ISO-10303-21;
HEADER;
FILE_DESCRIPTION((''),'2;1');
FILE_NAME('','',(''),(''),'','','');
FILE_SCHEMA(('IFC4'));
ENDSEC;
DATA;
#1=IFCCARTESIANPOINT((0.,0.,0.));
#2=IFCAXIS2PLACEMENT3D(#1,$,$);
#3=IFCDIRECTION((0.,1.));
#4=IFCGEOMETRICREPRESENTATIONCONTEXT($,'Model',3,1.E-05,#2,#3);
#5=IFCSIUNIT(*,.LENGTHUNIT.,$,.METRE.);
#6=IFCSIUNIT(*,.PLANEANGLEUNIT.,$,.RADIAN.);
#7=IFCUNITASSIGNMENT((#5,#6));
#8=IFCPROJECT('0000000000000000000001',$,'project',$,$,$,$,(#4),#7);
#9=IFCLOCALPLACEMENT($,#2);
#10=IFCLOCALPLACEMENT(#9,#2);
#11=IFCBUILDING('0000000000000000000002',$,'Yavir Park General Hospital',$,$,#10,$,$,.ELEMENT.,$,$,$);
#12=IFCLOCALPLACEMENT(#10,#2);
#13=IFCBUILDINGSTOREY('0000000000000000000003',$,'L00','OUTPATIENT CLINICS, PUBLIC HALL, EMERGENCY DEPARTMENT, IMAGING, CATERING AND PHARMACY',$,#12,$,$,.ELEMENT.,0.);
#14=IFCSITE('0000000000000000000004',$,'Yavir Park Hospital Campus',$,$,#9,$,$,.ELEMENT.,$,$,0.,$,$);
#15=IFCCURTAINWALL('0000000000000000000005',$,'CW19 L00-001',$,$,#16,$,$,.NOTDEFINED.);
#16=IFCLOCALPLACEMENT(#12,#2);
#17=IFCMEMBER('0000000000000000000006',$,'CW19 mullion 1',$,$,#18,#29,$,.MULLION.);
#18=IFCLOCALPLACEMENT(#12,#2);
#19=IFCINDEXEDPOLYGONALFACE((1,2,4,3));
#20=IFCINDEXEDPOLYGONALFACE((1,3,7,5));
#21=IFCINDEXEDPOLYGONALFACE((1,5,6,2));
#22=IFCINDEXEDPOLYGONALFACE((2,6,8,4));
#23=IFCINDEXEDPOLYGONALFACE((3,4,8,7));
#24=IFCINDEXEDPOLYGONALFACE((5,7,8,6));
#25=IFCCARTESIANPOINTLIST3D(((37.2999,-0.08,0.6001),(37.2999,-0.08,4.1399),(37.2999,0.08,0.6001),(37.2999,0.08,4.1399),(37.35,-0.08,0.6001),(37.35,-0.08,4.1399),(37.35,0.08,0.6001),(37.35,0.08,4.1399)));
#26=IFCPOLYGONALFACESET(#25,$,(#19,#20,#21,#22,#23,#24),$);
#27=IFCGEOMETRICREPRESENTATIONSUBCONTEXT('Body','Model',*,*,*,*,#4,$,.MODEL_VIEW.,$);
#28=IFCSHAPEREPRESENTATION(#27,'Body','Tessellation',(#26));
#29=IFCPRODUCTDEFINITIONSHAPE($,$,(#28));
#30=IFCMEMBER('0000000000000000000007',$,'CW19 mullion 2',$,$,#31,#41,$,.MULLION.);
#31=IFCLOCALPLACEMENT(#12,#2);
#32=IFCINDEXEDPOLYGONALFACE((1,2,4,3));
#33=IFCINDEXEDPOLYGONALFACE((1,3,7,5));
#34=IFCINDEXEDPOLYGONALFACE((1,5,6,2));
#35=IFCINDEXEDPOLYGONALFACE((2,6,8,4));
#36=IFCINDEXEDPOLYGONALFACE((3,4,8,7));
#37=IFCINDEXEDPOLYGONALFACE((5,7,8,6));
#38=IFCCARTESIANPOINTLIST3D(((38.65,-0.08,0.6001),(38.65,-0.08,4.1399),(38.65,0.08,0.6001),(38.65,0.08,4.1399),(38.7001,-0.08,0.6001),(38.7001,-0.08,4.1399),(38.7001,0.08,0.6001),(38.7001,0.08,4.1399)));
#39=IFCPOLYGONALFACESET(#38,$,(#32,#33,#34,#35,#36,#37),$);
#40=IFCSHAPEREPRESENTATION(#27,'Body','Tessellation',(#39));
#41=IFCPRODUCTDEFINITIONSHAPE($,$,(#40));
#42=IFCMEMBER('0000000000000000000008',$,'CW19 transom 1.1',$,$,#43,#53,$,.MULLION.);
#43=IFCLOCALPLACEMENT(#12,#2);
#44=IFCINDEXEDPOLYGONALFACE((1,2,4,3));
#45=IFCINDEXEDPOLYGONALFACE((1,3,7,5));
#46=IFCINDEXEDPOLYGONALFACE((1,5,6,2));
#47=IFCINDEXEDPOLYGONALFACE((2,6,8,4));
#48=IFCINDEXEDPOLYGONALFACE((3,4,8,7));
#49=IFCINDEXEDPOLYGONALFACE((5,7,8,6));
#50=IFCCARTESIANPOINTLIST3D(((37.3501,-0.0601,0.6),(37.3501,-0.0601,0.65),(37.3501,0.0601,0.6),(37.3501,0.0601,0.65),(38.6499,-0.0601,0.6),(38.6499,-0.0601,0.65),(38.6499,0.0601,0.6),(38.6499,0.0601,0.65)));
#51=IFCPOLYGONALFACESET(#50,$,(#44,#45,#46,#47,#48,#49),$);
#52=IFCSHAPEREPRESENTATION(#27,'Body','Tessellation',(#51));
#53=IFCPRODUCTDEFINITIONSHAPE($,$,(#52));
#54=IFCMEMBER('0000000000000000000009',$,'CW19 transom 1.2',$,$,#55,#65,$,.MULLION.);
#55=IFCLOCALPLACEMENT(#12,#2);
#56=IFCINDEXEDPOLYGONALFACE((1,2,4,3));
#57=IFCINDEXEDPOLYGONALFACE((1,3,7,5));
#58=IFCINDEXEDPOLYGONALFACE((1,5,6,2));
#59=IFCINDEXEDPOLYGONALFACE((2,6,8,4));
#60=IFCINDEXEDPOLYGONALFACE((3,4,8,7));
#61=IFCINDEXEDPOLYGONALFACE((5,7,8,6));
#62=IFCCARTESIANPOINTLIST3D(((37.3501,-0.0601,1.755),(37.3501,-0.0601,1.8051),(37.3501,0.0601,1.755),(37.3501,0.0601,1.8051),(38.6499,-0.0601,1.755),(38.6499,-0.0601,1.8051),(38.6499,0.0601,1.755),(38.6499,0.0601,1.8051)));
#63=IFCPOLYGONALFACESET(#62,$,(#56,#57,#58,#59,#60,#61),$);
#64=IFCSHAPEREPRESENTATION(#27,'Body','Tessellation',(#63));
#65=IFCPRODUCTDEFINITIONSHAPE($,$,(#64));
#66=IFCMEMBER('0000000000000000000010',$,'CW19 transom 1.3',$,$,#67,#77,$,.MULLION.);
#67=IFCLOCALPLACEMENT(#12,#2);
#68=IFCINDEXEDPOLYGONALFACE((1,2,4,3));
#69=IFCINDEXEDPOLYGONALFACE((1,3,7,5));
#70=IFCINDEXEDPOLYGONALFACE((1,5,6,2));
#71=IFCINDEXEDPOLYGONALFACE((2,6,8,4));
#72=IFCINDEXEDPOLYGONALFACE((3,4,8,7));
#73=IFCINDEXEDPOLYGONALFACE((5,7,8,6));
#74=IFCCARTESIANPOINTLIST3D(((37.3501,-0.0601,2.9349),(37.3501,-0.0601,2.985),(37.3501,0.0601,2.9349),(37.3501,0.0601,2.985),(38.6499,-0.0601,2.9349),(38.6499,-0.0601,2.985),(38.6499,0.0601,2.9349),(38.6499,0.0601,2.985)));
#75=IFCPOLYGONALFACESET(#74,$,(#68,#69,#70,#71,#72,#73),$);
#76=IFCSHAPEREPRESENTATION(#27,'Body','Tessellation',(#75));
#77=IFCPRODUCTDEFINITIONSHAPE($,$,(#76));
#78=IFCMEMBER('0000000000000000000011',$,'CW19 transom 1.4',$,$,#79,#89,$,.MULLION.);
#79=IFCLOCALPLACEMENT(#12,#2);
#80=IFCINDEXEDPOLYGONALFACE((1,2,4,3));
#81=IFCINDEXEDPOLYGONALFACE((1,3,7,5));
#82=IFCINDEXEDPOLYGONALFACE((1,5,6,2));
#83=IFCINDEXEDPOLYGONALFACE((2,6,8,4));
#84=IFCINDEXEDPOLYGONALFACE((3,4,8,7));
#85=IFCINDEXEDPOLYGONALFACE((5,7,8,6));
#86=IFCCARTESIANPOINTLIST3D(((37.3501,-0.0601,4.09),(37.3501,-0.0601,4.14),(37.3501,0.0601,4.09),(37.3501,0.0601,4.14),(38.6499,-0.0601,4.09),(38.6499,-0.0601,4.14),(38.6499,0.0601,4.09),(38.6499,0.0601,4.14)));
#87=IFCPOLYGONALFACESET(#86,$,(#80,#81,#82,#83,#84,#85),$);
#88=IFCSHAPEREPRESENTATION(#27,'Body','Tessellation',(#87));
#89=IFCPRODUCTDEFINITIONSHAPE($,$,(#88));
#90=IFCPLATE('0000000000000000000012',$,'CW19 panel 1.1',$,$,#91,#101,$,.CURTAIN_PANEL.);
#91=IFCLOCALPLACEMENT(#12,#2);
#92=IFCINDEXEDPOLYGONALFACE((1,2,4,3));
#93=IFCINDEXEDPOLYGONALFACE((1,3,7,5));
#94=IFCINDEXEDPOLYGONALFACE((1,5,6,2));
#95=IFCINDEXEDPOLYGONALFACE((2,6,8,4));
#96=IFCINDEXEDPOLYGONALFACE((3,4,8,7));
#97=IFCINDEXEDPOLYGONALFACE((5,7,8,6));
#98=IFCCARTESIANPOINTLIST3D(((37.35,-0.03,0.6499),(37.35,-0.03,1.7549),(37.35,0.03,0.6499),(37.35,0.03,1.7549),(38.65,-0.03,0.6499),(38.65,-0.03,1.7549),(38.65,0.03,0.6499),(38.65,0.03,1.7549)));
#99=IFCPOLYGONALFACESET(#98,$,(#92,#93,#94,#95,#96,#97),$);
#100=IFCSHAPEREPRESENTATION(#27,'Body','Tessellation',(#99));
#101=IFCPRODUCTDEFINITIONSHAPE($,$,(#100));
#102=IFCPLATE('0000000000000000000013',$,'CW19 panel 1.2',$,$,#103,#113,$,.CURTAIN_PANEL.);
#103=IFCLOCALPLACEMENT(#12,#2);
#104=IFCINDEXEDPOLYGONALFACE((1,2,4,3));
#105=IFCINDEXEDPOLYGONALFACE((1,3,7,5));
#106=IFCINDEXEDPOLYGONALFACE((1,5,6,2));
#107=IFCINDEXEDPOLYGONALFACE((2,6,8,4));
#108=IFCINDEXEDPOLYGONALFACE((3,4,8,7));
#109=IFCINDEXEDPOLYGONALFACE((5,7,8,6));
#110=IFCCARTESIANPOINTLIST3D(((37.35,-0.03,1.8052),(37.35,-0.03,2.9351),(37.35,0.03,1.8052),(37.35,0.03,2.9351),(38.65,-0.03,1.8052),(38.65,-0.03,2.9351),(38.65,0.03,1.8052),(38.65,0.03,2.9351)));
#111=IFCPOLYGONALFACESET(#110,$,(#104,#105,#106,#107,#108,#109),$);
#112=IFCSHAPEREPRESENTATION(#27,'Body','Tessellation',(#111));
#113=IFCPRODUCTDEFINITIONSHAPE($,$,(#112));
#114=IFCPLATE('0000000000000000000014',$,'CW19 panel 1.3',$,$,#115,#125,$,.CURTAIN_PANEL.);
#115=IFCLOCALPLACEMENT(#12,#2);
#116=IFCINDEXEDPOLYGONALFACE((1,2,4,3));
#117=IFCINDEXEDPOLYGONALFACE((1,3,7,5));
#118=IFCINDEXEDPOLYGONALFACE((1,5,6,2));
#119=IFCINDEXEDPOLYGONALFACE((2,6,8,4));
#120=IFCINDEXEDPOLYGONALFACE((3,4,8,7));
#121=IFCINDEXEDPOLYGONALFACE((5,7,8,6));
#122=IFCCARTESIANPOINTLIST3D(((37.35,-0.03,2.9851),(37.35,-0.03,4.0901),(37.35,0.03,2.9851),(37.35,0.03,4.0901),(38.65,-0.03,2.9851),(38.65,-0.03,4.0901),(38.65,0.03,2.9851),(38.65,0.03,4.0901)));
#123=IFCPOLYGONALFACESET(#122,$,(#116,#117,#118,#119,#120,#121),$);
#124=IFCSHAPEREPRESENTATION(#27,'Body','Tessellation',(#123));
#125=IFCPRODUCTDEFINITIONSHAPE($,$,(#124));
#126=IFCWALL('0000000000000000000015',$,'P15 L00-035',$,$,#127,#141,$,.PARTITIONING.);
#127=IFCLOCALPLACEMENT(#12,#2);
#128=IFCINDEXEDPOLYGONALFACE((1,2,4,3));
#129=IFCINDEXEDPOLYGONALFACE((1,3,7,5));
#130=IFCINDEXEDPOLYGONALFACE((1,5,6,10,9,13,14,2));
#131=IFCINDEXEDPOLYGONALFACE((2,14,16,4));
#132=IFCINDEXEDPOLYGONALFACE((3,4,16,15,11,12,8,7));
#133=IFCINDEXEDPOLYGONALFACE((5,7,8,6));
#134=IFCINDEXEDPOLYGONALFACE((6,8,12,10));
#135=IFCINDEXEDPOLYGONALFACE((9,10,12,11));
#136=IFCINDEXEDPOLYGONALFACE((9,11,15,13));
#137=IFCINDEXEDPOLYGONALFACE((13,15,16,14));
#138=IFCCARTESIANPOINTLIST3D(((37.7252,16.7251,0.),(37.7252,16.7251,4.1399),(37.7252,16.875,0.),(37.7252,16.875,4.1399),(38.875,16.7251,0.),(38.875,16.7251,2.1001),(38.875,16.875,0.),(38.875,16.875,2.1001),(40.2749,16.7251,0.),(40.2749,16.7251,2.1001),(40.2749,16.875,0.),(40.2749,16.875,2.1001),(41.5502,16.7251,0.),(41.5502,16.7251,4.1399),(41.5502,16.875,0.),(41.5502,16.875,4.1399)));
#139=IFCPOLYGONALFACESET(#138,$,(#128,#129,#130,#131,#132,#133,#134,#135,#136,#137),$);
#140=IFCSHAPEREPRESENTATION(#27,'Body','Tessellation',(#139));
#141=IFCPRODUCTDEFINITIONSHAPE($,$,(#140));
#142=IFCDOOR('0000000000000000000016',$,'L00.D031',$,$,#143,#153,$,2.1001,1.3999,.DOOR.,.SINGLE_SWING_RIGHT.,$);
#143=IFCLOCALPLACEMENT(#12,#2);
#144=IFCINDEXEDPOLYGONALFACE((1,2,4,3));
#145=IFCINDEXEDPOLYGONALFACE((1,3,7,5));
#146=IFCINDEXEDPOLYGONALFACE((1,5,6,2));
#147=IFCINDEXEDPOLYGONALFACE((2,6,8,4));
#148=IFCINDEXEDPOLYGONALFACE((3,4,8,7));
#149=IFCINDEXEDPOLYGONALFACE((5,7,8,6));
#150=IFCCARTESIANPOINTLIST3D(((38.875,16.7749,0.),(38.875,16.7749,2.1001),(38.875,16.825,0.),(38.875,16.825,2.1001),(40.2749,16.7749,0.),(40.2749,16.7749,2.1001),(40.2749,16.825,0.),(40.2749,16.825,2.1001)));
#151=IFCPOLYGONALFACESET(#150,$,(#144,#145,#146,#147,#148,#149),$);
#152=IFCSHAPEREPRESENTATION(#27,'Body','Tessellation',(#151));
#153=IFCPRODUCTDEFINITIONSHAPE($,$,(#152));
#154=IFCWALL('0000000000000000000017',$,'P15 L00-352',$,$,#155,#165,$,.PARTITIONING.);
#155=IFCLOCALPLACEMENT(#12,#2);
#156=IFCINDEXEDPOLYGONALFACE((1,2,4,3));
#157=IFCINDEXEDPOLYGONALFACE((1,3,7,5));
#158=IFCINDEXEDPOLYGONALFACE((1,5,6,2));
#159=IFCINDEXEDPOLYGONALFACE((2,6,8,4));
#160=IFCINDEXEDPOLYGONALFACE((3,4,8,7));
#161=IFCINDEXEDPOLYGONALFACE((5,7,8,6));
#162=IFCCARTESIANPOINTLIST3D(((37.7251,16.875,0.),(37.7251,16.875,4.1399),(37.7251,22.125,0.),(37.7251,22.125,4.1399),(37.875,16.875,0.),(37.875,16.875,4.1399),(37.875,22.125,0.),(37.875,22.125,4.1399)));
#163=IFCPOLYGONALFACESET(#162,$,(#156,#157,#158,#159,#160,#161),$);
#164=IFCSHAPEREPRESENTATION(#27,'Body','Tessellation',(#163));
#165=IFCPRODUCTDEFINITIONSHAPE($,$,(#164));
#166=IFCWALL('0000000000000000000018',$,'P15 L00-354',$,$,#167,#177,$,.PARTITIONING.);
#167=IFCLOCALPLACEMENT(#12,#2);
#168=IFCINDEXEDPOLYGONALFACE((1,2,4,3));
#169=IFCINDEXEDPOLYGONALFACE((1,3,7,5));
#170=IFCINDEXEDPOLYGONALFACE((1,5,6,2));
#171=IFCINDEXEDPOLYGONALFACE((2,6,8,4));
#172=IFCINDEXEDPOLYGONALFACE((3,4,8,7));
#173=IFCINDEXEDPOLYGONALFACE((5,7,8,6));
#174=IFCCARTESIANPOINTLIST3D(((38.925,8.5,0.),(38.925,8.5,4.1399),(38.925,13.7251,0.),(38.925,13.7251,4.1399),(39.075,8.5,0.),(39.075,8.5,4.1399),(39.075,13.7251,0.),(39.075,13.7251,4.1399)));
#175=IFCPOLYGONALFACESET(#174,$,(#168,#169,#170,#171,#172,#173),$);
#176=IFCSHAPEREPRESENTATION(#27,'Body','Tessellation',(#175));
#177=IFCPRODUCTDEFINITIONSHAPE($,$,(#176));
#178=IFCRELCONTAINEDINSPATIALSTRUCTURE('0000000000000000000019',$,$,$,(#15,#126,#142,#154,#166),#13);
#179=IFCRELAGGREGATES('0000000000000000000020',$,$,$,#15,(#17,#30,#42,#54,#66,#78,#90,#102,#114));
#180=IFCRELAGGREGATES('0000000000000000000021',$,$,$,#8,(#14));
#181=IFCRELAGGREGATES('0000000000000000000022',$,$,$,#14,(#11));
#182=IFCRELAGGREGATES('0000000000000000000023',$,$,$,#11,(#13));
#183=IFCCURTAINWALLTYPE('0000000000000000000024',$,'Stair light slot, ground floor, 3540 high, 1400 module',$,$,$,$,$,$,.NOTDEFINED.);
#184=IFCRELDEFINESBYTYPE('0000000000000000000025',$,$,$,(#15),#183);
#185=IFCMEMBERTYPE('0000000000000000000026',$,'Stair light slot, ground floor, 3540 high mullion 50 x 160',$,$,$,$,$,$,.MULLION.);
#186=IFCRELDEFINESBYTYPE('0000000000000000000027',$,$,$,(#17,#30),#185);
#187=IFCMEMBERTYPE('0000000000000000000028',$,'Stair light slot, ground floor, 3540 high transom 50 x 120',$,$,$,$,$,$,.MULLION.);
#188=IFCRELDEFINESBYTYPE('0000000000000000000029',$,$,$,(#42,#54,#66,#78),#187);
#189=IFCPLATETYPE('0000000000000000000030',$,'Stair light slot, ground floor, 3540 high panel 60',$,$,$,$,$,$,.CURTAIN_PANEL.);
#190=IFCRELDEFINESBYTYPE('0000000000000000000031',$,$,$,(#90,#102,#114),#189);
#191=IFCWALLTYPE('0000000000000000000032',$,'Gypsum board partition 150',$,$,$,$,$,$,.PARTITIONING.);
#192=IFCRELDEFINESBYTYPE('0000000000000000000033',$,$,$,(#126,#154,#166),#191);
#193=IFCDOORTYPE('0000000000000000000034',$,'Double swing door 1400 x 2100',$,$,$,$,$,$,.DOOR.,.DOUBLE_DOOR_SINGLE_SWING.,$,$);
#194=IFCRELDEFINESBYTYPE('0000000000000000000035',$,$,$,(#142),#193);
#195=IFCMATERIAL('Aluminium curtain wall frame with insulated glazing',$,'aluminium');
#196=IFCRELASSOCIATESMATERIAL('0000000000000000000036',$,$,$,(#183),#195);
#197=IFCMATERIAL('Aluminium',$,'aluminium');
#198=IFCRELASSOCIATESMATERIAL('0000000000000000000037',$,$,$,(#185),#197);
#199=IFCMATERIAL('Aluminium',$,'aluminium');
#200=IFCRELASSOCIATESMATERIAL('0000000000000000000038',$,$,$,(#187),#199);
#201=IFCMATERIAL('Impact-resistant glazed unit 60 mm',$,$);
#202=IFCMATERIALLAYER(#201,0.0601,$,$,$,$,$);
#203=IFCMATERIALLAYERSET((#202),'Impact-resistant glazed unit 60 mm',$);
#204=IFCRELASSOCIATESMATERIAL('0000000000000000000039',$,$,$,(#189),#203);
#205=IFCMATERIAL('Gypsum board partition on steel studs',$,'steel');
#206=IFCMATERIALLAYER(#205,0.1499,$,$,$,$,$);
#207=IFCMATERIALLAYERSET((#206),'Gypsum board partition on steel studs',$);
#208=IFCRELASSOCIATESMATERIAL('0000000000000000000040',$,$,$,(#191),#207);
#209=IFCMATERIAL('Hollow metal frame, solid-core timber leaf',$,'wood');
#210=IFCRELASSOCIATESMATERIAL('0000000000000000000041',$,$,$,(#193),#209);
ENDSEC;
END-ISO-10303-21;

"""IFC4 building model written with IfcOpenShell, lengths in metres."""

from ifc_helpers import new_model, si_unit, direction, frame, frame_2d, origin, origin_2d, place, context, subcontext, project, spatial, rectangle, extrude, material, layer, layer_set, material_profile, profile_set, type_object, element, fill, aggregate, save


model = new_model("IFC4")

# Units and contexts
model_context = context("Model", 3, precision=1e-05, world=origin(), true_north=direction((0.0, 1.0)))
body_context = subcontext(model_context, "Body", "Model", "MODEL_VIEW")
ifc_project = project(units=[si_unit("LENGTHUNIT", "METRE"), si_unit("PLANEANGLEUNIT", "RADIAN")], contexts=[model_context])

# Site, building, storey
site_placement = place(None, origin())
site = spatial("IfcSite", under=ifc_project, at=site_placement, Name="Yavir Park Hospital Campus", CompositionType="ELEMENT", RefElevation=0.0)
building_placement = place(site_placement, origin())
building = spatial("IfcBuilding", under=site, at=building_placement, Name="Yavir Park General Hospital", CompositionType="ELEMENT")
storey_placement = place(building_placement, origin())
storey = spatial("IfcBuildingStorey", under=building, at=storey_placement, Name="L00", Description="OUTPATIENT CLINICS, PUBLIC HALL, EMERGENCY DEPARTMENT, IMAGING, CATERING AND PHARMACY", CompositionType="ELEMENT", Elevation=0.0)

# Curtain wall, members, plates
ifc_material_1 = material(Name="Aluminium curtain wall frame with insulated glazing", Category="aluminium")
curtain_wall_type = type_object("IfcCurtainWallType", Name="Stair light slot, ground floor, 3540 high, 1400 module", PredefinedType="NOTDEFINED", material=ifc_material_1)
curtain_wall_placement = place(storey_placement, origin())
curtain_wall = element("IfcCurtainWall", 1, at=curtain_wall_placement, inside=storey, type_object=curtain_wall_type, Name="CW19 L00-001", PredefinedType="NOTDEFINED")
ifc_material_2 = material(Name="Aluminium", Category="aluminium")
ifc_material_profile_1 = material_profile(ifc_material_2, rectangle(XDim=0.1599, YDim=0.05, at=origin_2d()), Name="AL 50x160")
ifc_profile_set_1 = profile_set([ifc_material_profile_1], Name="Aluminium")
member_type_1 = type_object("IfcMemberType", Name="Stair light slot, ground floor, 3540 high mullion 50 x 160", PredefinedType="MULLION", material=ifc_profile_set_1)
member_1_placement = place(storey_placement, frame((37.325, 0.0, 0.6001), z_axis=(0.0, 0.0, 1.0), x_axis=(0.0, 1.0, 0.0)))
member_1 = element("IfcMember", 2, at=member_1_placement, type_object=member_type_1, Name="CW19 mullion 1", PredefinedType="MULLION", context=body_context, shape_type="SweptSolid", body=[
    extrude(rectangle(XDim=0.1599, YDim=0.05, at=origin_2d()), origin(), (0.0, 0.0, 1.0), 3.5398),
])
member_2_placement = place(storey_placement, frame((38.675, 0.0, 0.6001), z_axis=(0.0, 0.0, 1.0), x_axis=(0.0, 1.0, 0.0)))
member_2 = element("IfcMember", 3, at=member_2_placement, type_object=member_type_1, Name="CW19 mullion 2", PredefinedType="MULLION", context=body_context, shape_type="SweptSolid", body=[
    extrude(rectangle(XDim=0.1599, YDim=0.05, at=origin_2d()), origin(), (0.0, 0.0, 1.0), 3.5398),
])
ifc_material_3 = material(Name="Aluminium", Category="aluminium")
ifc_material_profile_2 = material_profile(ifc_material_3, rectangle(XDim=0.1201, YDim=0.05, at=origin_2d()), Name="AL 120x50")
ifc_profile_set_2 = profile_set([ifc_material_profile_2], Name="Aluminium")
member_type_2 = type_object("IfcMemberType", Name="Stair light slot, ground floor, 3540 high transom 50 x 120", PredefinedType="MULLION", material=ifc_profile_set_2)
member_3_placement = place(storey_placement, frame((37.3501, 0.0, 0.625), z_axis=(1.0, 0.0, 0.0), x_axis=(0.0, 1.0, 0.0)))
member_3 = element("IfcMember", 4, at=member_3_placement, type_object=member_type_2, Name="CW19 transom 1.1", PredefinedType="MULLION", context=body_context, shape_type="SweptSolid", body=[
    extrude(rectangle(XDim=0.1201, YDim=0.05, at=origin_2d()), origin(), (0.0, 0.0, 1.0), 1.2998),
])
member_4_placement = place(storey_placement, frame((37.3501, 0.0, 1.78), z_axis=(1.0, 0.0, 0.0), x_axis=(0.0, 1.0, 0.0)))
member_4 = element("IfcMember", 5, at=member_4_placement, type_object=member_type_2, Name="CW19 transom 1.2", PredefinedType="MULLION", context=body_context, shape_type="SweptSolid", body=[
    extrude(rectangle(XDim=0.1201, YDim=0.05, at=origin_2d()), origin(), (0.0, 0.0, 1.0), 1.2998),
])
member_5_placement = place(storey_placement, frame((37.3501, 0.0, 2.96), z_axis=(1.0, 0.0, 0.0), x_axis=(0.0, 1.0, 0.0)))
member_5 = element("IfcMember", 6, at=member_5_placement, type_object=member_type_2, Name="CW19 transom 1.3", PredefinedType="MULLION", context=body_context, shape_type="SweptSolid", body=[
    extrude(rectangle(XDim=0.1201, YDim=0.05, at=origin_2d()), origin(), (0.0, 0.0, 1.0), 1.2998),
])
member_6_placement = place(storey_placement, frame((37.3501, 0.0, 4.115), z_axis=(1.0, 0.0, 0.0), x_axis=(0.0, 1.0, 0.0)))
member_6 = element("IfcMember", 7, at=member_6_placement, type_object=member_type_2, Name="CW19 transom 1.4", PredefinedType="MULLION", context=body_context, shape_type="SweptSolid", body=[
    extrude(rectangle(XDim=0.1201, YDim=0.05, at=origin_2d()), origin(), (0.0, 0.0, 1.0), 1.2998),
])
ifc_material_4 = material(Name="Impact-resistant glazed unit 60 mm")
ifc_layer_1 = layer(ifc_material_4, 0.0601)
ifc_layer_set_1 = layer_set([ifc_layer_1], Name="Impact-resistant glazed unit 60 mm")
plate_type = type_object("IfcPlateType", Name="Stair light slot, ground floor, 3540 high panel 60", PredefinedType="CURTAIN_PANEL", material=ifc_layer_set_1)
plate_1_placement = place(storey_placement, frame((38.0, 0.0, 0.6499), z_axis=(0.0, 0.0, 1.0), x_axis=(1.0, 0.0, 0.0)))
plate_1 = element("IfcPlate", 8, at=plate_1_placement, type_object=plate_type, Name="CW19 panel 1.1", PredefinedType="CURTAIN_PANEL", context=body_context, shape_type="SweptSolid", body=[
    extrude(rectangle(XDim=1.3, YDim=0.0601, at=origin_2d()), origin(), (0.0, 0.0, 1.0), 1.105),
])
plate_2_placement = place(storey_placement, frame((38.0, 0.0, 1.8052), z_axis=(0.0, 0.0, 1.0), x_axis=(1.0, 0.0, 0.0)))
plate_2 = element("IfcPlate", 9, at=plate_2_placement, type_object=plate_type, Name="CW19 panel 1.2", PredefinedType="CURTAIN_PANEL", context=body_context, shape_type="SweptSolid", body=[
    extrude(rectangle(XDim=1.3, YDim=0.0601, at=origin_2d()), origin(), (0.0, 0.0, 1.0), 1.1299),
])
plate_3_placement = place(storey_placement, frame((38.0, 0.0, 2.9851), z_axis=(0.0, 0.0, 1.0), x_axis=(1.0, 0.0, 0.0)))
plate_3 = element("IfcPlate", 10, at=plate_3_placement, type_object=plate_type, Name="CW19 panel 1.3", PredefinedType="CURTAIN_PANEL", context=body_context, shape_type="SweptSolid", body=[
    extrude(rectangle(XDim=1.3, YDim=0.0601, at=origin_2d()), origin(), (0.0, 0.0, 1.0), 1.105),
])
aggregate(curtain_wall, [member_1, member_2, member_3, member_4, member_5, member_6, plate_1, plate_2, plate_3])

# Wall, opening, door
ifc_material_5 = material(Name="Gypsum board partition on steel studs", Category="steel")
ifc_layer_2 = layer(ifc_material_5, 0.1499)
ifc_layer_set_2 = layer_set([ifc_layer_2], Name="Gypsum board partition on steel studs")
wall_type_1 = type_object("IfcWallType", Name="Gypsum board partition 150", PredefinedType="PARTITIONING", material=ifc_layer_set_2)
wall_1_placement = place(storey_placement, frame((37.7251, 16.8, 0.0), z_axis=(0.0, 0.0, 1.0), x_axis=(1.0, 0.0, 0.0)))
wall_1 = element("IfcWall", 11, at=wall_1_placement, inside=storey, type_object=wall_type_1, Name="P15 L00-035", PredefinedType="PARTITIONING", context=body_context, shape_type="SweptSolid", body=[
    extrude(rectangle(XDim=3.825, YDim=0.1499, at=frame_2d((1.9126, 0.0))), origin(), (0.0, 0.0, 1.0), 4.1399),
])
opening_placement = place(wall_1_placement, frame((1.1499, 0.0, 0.0)))
opening = element("IfcOpeningElement", 12, at=opening_placement, cuts=wall_1, PredefinedType="OPENING", context=body_context, shape_type="SweptSolid", body=[
    extrude(rectangle(XDim=1.3999, YDim=2.1001, at=frame_2d((0.7, 1.05))), frame((0.0, 0.085, 0.0), z_axis=(0.0, -1.0, 0.0), x_axis=(1.0, 0.0, 0.0)), (0.0, 0.0, 1.0), 0.1699),
])
ifc_material_6 = material(Name="Hollow metal frame, solid-core timber leaf", Category="wood")
door_type = type_object("IfcDoorType", Name="Double swing door 1400 x 2100", OperationType="DOUBLE_DOOR_SINGLE_SWING", PredefinedType="DOOR", material=ifc_material_6)
door_placement = place(opening_placement, origin())
door = element("IfcDoor", 13, at=door_placement, inside=storey, type_object=door_type, Name="L00.D031", OperationType="SINGLE_SWING_RIGHT", OverallHeight=2.1001, OverallWidth=1.3999, PredefinedType="DOOR", context=body_context, shape_type="SweptSolid", body=[
    extrude(rectangle(XDim=1.3999, YDim=2.1001, at=frame_2d((0.7, 1.05))), frame((0.0, 0.0249, 0.0), z_axis=(0.0, -1.0, 0.0), x_axis=(1.0, 0.0, 0.0)), (0.0, 0.0, 1.0), 0.05),
])
fill(opening, door)

# Walls
wall_2_placement = place(storey_placement, frame((37.8, 16.875, 0.0), z_axis=(0.0, 0.0, 1.0), x_axis=(0.0, 1.0, 0.0)))
element("IfcWall", 14, at=wall_2_placement, inside=storey, type_object=wall_type_1, Name="P15 L00-352", PredefinedType="PARTITIONING", context=body_context, shape_type="SweptSolid", body=[
    extrude(rectangle(XDim=5.25, YDim=0.1499, at=frame_2d((2.625, 0.0))), origin(), (0.0, 0.0, 1.0), 4.1399),
])
wall_3_placement = place(storey_placement, frame((39.0, 8.5, 0.0), z_axis=(0.0, 0.0, 1.0), x_axis=(0.0, 1.0, 0.0)))
element("IfcWall", 15, at=wall_3_placement, inside=storey, type_object=wall_type_1, Name="P15 L00-354", PredefinedType="PARTITIONING", context=body_context, shape_type="SweptSolid", body=[
    extrude(rectangle(XDim=5.2251, YDim=0.1499, at=frame_2d((2.6125, 0.0))), origin(), (0.0, 0.0, 1.0), 4.1399),
])

save(model, "model.ifc")
